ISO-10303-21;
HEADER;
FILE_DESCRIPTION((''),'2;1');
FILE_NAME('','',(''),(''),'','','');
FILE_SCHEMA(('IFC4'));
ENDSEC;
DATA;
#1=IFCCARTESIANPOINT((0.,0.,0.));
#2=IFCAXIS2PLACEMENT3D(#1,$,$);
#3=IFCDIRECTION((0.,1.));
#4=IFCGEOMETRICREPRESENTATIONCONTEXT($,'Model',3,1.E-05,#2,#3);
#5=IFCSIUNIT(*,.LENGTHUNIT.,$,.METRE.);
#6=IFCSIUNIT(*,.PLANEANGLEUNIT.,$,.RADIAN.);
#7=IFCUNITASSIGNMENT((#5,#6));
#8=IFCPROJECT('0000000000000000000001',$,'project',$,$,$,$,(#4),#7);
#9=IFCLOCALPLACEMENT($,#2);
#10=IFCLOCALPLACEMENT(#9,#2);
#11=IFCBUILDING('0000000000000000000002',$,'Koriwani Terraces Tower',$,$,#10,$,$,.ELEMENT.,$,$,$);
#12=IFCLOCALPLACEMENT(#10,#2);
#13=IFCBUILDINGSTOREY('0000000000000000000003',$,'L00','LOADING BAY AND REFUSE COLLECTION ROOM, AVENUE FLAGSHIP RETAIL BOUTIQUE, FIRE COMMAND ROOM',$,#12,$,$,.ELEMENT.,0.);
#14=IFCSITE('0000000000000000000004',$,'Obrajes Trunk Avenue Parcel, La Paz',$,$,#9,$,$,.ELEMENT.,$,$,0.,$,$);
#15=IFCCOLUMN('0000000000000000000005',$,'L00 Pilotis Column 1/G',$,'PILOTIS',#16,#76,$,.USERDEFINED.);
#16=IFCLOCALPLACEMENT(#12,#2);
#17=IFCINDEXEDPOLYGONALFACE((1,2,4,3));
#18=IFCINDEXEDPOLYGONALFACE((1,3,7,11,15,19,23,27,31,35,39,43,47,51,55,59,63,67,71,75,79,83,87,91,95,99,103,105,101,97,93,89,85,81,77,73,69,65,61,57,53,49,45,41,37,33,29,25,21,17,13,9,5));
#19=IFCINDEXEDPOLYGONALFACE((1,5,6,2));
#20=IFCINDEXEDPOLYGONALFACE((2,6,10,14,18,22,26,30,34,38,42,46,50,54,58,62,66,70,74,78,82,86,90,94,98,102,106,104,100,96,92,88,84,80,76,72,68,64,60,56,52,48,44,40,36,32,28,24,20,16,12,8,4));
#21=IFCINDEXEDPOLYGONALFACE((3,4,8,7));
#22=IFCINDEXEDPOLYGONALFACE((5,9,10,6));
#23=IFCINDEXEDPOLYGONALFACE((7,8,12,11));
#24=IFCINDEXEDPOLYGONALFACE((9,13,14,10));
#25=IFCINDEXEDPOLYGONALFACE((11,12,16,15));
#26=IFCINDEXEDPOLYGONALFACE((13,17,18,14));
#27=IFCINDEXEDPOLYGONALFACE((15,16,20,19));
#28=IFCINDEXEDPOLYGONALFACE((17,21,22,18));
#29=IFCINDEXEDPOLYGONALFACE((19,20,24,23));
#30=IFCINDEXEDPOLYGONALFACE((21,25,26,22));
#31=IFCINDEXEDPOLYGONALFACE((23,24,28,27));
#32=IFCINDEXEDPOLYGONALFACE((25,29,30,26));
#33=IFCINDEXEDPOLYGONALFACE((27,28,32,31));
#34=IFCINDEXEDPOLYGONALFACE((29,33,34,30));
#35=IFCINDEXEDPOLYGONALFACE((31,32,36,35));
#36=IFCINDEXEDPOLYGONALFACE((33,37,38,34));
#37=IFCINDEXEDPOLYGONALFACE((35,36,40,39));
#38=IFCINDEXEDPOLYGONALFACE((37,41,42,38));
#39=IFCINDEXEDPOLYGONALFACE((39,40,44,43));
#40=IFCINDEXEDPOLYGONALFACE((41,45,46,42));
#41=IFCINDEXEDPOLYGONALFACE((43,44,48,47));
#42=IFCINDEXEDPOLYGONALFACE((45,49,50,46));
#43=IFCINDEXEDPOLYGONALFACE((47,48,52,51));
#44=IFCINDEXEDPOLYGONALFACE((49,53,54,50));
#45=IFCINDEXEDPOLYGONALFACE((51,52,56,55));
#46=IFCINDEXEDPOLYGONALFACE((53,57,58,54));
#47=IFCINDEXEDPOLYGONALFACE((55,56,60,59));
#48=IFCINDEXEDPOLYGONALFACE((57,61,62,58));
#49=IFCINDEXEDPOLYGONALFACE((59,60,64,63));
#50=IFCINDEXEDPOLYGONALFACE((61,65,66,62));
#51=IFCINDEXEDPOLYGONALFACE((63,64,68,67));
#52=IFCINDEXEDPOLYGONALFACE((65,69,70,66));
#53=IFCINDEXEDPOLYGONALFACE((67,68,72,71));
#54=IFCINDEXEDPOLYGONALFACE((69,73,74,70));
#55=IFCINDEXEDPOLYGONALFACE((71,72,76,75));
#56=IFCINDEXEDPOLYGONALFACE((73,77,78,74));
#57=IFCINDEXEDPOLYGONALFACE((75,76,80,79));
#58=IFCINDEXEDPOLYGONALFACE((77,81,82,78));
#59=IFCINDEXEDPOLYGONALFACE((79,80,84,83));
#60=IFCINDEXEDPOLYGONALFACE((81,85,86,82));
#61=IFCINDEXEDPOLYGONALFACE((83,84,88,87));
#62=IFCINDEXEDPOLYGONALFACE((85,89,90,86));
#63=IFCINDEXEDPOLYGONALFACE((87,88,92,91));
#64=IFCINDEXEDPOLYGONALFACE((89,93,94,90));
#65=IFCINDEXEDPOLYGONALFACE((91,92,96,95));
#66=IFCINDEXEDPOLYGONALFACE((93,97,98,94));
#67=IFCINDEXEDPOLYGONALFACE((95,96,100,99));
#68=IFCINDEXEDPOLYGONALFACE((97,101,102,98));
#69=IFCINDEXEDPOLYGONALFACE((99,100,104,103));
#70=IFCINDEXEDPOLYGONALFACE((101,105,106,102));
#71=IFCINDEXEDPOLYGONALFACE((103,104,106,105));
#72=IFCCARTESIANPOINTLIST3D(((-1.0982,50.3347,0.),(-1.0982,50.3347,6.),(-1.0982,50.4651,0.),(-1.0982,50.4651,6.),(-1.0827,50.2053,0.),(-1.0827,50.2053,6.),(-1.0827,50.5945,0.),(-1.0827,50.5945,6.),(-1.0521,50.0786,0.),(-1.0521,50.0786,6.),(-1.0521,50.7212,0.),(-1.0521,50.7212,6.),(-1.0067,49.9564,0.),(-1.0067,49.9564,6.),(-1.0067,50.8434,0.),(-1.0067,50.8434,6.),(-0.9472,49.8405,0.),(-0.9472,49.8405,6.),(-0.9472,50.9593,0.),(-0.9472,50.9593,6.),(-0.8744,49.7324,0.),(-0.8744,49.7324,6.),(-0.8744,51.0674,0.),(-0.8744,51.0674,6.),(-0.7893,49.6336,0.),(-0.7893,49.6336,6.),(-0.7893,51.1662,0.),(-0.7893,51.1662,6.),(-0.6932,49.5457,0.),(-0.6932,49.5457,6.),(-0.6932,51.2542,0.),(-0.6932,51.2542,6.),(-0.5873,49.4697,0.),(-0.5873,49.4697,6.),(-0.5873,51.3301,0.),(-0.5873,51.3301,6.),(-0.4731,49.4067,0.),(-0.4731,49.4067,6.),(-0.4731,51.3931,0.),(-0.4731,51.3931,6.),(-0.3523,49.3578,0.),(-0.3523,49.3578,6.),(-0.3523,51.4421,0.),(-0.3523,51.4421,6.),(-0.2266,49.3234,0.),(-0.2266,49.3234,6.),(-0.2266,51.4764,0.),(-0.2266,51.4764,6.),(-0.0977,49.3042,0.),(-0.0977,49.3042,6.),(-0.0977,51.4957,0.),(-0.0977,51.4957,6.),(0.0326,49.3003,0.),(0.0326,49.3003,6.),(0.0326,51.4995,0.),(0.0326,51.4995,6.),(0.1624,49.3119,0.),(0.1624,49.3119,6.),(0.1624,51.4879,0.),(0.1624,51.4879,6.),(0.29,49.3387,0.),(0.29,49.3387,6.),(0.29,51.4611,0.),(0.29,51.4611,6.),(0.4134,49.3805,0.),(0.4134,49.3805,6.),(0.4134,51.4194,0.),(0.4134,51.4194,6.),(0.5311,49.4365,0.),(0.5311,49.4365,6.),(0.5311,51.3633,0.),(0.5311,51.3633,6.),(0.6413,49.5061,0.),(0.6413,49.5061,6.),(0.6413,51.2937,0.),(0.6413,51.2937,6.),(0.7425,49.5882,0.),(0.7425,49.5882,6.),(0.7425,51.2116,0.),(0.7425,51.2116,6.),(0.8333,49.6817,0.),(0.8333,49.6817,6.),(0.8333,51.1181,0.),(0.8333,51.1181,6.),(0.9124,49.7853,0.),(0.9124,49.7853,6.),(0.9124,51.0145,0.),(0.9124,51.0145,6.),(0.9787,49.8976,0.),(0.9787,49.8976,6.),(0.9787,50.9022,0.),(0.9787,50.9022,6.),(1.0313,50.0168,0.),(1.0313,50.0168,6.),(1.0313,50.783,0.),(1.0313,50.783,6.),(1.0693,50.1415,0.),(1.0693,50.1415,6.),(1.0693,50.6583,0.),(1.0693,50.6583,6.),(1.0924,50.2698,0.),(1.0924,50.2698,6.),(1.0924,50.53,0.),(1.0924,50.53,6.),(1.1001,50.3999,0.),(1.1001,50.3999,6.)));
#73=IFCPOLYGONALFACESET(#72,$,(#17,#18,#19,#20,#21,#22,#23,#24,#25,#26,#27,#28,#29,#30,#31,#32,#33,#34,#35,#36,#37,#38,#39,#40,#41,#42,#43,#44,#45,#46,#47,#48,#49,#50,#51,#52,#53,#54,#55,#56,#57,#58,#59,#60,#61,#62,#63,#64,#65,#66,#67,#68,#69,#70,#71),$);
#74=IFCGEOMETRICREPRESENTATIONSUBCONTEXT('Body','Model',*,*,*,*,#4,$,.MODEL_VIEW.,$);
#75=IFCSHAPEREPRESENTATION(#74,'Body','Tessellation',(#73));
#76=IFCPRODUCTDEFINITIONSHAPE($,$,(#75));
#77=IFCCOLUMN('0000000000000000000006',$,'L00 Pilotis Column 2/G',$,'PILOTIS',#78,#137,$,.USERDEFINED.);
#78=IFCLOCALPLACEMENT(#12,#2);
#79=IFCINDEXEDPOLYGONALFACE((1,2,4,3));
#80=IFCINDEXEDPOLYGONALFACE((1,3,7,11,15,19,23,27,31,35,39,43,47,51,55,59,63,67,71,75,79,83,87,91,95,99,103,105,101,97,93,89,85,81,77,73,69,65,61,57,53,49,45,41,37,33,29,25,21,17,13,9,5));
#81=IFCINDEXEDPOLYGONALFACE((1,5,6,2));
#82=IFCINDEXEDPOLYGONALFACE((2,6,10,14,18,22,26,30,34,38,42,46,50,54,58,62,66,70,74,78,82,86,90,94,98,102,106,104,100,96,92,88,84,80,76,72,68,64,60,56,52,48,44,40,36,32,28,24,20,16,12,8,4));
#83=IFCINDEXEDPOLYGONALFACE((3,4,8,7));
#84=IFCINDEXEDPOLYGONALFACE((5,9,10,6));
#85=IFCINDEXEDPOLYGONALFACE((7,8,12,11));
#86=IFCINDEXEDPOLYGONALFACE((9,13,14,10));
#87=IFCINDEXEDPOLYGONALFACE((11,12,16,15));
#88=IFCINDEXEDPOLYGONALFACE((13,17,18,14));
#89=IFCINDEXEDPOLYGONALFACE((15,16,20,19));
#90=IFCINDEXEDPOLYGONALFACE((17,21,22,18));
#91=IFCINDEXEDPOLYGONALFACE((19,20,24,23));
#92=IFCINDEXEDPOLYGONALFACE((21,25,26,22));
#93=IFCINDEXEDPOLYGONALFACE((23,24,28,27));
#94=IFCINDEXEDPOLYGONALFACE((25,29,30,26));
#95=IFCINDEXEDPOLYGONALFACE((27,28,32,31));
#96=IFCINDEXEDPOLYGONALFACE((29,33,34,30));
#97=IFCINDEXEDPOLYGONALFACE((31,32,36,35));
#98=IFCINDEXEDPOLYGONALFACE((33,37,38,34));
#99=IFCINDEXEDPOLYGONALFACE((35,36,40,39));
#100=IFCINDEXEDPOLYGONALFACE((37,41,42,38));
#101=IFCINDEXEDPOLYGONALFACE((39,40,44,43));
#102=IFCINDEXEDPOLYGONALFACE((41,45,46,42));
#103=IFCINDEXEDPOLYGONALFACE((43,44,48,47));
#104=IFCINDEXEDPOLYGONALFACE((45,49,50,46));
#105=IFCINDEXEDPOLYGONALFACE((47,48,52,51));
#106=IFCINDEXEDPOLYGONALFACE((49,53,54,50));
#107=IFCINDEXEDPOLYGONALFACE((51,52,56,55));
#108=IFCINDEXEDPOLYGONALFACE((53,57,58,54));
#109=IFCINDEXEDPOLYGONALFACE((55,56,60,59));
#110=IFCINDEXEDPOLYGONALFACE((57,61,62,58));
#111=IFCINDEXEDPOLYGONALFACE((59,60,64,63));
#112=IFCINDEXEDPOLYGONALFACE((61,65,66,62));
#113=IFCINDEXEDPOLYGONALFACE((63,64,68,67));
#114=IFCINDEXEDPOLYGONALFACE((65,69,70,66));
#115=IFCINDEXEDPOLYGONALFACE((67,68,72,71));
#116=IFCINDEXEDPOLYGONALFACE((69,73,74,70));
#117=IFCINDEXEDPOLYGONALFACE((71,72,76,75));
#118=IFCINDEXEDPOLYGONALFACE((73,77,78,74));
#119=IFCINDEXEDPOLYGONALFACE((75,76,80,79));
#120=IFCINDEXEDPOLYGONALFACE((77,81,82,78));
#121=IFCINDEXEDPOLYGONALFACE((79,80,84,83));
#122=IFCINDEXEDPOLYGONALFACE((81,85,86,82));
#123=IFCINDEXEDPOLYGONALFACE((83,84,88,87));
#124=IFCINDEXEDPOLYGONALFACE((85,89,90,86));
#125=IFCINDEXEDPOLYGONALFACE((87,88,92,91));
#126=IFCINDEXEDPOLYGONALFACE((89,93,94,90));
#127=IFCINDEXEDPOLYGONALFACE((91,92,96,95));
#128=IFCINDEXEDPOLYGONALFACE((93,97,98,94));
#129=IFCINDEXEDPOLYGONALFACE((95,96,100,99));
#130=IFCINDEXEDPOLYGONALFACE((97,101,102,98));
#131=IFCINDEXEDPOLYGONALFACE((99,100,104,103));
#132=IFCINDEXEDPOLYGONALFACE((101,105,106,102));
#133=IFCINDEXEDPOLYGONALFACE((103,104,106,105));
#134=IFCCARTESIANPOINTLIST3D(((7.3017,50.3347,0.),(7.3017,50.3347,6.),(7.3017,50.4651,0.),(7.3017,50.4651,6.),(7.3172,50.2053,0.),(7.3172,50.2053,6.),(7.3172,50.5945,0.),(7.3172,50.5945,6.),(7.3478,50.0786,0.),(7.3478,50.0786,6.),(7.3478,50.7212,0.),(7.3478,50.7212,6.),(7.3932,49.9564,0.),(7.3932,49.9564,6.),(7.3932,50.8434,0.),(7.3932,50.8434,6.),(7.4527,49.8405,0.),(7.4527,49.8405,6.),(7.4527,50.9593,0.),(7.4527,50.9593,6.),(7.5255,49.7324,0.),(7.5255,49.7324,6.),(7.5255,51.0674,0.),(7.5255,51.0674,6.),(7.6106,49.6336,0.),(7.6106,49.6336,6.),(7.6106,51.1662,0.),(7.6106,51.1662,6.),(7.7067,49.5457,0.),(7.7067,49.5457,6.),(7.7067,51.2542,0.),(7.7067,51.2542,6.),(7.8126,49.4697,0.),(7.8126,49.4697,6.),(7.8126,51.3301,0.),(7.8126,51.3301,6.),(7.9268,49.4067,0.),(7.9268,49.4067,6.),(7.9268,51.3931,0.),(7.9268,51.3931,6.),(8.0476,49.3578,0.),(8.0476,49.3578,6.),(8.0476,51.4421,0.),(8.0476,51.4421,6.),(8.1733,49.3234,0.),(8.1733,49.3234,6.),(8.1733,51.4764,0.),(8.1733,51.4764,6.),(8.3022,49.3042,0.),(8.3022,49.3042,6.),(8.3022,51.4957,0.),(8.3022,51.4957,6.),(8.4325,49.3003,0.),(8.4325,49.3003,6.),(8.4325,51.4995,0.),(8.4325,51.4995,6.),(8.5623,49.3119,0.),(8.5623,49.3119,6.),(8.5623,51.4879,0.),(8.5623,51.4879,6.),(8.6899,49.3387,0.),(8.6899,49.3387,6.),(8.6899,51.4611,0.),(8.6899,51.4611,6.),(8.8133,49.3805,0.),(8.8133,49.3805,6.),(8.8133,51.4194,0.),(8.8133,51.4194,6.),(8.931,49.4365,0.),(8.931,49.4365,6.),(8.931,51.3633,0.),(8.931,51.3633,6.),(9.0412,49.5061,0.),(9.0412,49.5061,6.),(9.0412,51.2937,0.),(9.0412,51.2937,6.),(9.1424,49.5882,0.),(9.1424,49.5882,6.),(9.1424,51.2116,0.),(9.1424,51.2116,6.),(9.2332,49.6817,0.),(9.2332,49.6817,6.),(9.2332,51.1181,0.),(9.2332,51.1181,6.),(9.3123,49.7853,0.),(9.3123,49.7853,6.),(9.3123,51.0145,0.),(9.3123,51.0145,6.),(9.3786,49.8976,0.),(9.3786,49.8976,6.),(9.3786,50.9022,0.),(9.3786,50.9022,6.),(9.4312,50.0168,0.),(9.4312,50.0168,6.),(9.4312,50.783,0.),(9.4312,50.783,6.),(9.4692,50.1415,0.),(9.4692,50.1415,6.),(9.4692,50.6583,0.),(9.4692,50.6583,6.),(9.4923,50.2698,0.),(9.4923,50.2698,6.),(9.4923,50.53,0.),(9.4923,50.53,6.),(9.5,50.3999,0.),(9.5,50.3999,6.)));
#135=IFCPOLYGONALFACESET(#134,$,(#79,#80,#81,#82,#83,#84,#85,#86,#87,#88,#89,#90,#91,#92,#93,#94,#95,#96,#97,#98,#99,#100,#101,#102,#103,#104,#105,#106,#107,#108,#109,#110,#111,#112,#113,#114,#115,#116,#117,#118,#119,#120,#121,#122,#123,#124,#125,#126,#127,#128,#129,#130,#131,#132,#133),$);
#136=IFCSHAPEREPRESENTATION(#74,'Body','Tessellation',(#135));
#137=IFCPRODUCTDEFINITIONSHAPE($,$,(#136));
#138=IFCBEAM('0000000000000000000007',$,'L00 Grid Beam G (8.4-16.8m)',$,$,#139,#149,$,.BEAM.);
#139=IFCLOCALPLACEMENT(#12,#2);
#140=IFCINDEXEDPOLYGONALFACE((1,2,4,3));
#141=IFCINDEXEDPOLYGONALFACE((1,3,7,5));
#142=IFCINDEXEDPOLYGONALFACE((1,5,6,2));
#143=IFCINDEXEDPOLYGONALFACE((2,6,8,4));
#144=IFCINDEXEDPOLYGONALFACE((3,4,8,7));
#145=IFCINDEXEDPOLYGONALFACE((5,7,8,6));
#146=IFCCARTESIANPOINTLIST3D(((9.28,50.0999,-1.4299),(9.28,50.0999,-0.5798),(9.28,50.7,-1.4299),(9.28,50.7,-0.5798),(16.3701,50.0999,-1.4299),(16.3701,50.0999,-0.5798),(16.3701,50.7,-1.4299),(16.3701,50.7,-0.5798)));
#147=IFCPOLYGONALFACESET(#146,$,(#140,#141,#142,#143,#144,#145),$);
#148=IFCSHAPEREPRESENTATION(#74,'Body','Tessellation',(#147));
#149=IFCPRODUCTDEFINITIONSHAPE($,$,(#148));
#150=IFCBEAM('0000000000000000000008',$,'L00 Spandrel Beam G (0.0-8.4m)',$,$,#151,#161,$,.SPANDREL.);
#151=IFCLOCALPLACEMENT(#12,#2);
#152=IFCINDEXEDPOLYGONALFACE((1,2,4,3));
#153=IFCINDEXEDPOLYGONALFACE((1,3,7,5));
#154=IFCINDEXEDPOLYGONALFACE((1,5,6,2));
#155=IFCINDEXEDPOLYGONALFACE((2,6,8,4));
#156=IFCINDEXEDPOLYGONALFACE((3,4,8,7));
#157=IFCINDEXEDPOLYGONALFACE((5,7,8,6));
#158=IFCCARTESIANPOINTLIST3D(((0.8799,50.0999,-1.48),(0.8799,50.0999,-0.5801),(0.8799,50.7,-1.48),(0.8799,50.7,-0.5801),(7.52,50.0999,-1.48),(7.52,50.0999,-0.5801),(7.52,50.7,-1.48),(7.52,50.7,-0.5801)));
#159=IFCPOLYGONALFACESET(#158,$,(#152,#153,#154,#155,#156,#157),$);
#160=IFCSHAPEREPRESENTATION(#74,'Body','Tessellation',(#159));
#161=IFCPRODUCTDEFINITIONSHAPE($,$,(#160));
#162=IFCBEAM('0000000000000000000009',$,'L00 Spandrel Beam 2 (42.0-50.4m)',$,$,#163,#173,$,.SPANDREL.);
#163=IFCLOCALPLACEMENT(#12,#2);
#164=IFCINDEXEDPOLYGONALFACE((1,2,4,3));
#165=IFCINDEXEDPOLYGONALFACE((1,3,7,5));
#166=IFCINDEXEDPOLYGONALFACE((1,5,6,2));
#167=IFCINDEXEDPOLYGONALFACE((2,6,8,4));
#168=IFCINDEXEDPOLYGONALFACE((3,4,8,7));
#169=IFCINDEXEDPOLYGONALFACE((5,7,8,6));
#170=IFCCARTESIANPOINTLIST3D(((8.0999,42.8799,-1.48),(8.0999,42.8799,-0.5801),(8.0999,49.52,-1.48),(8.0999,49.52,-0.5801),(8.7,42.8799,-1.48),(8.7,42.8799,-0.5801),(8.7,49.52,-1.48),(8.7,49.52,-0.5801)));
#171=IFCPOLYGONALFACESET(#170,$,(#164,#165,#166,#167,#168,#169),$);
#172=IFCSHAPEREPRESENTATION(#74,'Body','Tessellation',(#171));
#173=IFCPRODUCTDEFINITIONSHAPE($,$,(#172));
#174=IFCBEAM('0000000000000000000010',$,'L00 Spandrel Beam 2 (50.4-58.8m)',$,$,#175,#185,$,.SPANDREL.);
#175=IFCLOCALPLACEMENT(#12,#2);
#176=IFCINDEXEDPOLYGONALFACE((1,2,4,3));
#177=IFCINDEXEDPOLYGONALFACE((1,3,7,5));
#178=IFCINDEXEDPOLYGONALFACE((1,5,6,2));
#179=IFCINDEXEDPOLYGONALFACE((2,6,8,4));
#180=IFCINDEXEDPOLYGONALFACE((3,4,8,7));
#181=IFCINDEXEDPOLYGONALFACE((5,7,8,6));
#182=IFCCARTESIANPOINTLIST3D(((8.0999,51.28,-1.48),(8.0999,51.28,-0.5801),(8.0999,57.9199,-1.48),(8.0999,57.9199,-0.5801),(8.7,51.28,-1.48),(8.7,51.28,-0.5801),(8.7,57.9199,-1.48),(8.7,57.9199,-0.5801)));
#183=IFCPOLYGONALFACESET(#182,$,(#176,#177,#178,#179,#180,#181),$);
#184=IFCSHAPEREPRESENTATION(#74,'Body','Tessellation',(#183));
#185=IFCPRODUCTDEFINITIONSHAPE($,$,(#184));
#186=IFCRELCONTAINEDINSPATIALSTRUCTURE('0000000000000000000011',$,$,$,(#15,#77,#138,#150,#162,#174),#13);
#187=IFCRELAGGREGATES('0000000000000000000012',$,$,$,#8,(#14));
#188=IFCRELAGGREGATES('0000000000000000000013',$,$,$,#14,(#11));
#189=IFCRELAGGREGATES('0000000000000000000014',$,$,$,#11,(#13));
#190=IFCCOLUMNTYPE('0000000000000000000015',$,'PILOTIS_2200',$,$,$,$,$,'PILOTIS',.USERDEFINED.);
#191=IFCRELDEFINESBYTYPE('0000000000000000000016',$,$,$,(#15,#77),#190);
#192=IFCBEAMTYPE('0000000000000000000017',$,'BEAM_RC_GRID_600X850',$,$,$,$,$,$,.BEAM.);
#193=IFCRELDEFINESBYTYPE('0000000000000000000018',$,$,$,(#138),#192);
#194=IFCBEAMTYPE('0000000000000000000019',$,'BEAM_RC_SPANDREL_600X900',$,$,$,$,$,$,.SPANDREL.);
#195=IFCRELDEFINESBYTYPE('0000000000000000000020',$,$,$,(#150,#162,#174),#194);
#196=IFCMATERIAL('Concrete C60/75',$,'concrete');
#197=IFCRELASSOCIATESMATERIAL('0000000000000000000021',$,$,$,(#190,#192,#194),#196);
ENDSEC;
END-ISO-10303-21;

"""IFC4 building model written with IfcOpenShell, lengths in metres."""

from ifc_helpers import new_model, si_unit, direction, frame, origin, origin_2d, place, context, subcontext, project, spatial, rectangle, circle, extrude, material, material_profile, profile_set, type_object, element, save


model = new_model("IFC4")

# Units and contexts
model_context = context("Model", 3, precision=1e-05, world=origin(), true_north=direction((0.0, 1.0)))
body_context = subcontext(model_context, "Body", "Model", "MODEL_VIEW")
ifc_project = project(units=[si_unit("LENGTHUNIT", "METRE"), si_unit("PLANEANGLEUNIT", "RADIAN")], contexts=[model_context])

# Site, building, storey
site_placement = place(None, origin())
site = spatial("IfcSite", under=ifc_project, at=site_placement, Name="Obrajes Trunk Avenue Parcel, La Paz", CompositionType="ELEMENT", RefElevation=0.0)
building_placement = place(site_placement, origin())
building = spatial("IfcBuilding", under=site, at=building_placement, Name="Koriwani Terraces Tower", CompositionType="ELEMENT")
storey_placement = place(building_placement, origin())
storey = spatial("IfcBuildingStorey", under=building, at=storey_placement, Name="L00", Description="LOADING BAY AND REFUSE COLLECTION ROOM, AVENUE FLAGSHIP RETAIL BOUTIQUE, FIRE COMMAND ROOM", CompositionType="ELEMENT", Elevation=0.0)

# Columns
ifc_material_1 = material(Name="Concrete C60/75", Category="concrete")
ifc_material_profile_1 = material_profile(ifc_material_1, circle(Radius=1.1001, at=origin_2d()), Name="Concrete C60/75", Category="LoadBearing")
ifc_profile_set_1 = profile_set([ifc_material_profile_1], Name="Concrete C60/75")
column_type = type_object("IfcColumnType", Name="PILOTIS_2200", ElementType="PILOTIS", PredefinedType="USERDEFINED", material=ifc_profile_set_1)
for number, where, z_axis, x_axis, name in (
    (1, (0.0, 50.3999, 0.0), (0.0, 0.0, 1.0), (1.0, 0.0, 0.0), "L00 Pilotis Column 1/G"),
    (2, (8.3999, 50.3999, 0.0), (0.0, 0.0, 1.0), (1.0, 0.0, 0.0), "L00 Pilotis Column 2/G"),
):
    element("IfcColumn", number, at=place(storey_placement, frame(where, z_axis=z_axis, x_axis=x_axis)), inside=storey, type_object=column_type, Name=name, ObjectType="PILOTIS", PredefinedType="USERDEFINED", context=body_context, shape_type="SweptSolid", body=[
        extrude(circle(Radius=1.1001, at=origin_2d()), origin(), (0.0, 0.0, 1.0), 6.0),
    ])

# Beams
ifc_material_profile_2 = material_profile(ifc_material_1, rectangle(XDim=0.6001, YDim=0.8501, at=origin_2d()), Name="Concrete C60/75", Category="LoadBearing")
ifc_profile_set_2 = profile_set([ifc_material_profile_2], Name="Concrete C60/75")
beam_type_1 = type_object("IfcBeamType", Name="BEAM_RC_GRID_600X850", PredefinedType="BEAM", material=ifc_profile_set_2)
beam_1_placement = place(storey_placement, frame((9.28, 50.3999, -1.0049), z_axis=(1.0, 0.0, 0.0), x_axis=(0.0, 1.0, 0.0)))
element("IfcBeam", 3, at=beam_1_placement, inside=storey, type_object=beam_type_1, Name="L00 Grid Beam G (8.4-16.8m)", PredefinedType="BEAM", context=body_context, shape_type="SweptSolid", body=[
    extrude(rectangle(XDim=0.6001, YDim=0.8501, at=origin_2d()), origin(), (0.0, 0.0, 1.0), 7.0901),
])
ifc_material_profile_3 = material_profile(ifc_material_1, rectangle(XDim=0.6001, YDim=0.8999, at=origin_2d()), Name="Concrete C60/75", Category="LoadBearing")
ifc_profile_set_3 = profile_set([ifc_material_profile_3], Name="Concrete C60/75")
beam_type_2 = type_object("IfcBeamType", Name="BEAM_RC_SPANDREL_600X900", PredefinedType="SPANDREL", material=ifc_profile_set_3)
for number, where, z_axis, x_axis, name in (
    (4, (0.8799, 50.3999, -1.03), (1.0, 0.0, 0.0), (0.0, 1.0, 0.0), "L00 Spandrel Beam G (0.0-8.4m)"),
    (5, (8.3999, 42.8799, -1.03), (0.0, 1.0, 0.0), (-1.0, 0.0, 0.0), "L00 Spandrel Beam 2 (42.0-50.4m)"),
):
    element("IfcBeam", number, at=place(storey_placement, frame(where, z_axis=z_axis, x_axis=x_axis)), inside=storey, type_object=beam_type_2, Name=name, PredefinedType="SPANDREL", context=body_context, shape_type="SweptSolid", body=[
        extrude(rectangle(XDim=0.6001, YDim=0.8999, at=origin_2d()), origin(), (0.0, 0.0, 1.0), 6.6401),
    ])
beam_2_placement = place(storey_placement, frame((8.3999, 51.28, -1.03), z_axis=(0.0, 1.0, 0.0), x_axis=(-1.0, 0.0, 0.0)))
element("IfcBeam", 6, at=beam_2_placement, inside=storey, type_object=beam_type_2, Name="L00 Spandrel Beam 2 (50.4-58.8m)", PredefinedType="SPANDREL", context=body_context, shape_type="SweptSolid", body=[
    extrude(rectangle(XDim=0.6001, YDim=0.8999, at=origin_2d()), origin(), (0.0, 0.0, 1.0), 6.6399),
])

save(model, "model.ifc")
